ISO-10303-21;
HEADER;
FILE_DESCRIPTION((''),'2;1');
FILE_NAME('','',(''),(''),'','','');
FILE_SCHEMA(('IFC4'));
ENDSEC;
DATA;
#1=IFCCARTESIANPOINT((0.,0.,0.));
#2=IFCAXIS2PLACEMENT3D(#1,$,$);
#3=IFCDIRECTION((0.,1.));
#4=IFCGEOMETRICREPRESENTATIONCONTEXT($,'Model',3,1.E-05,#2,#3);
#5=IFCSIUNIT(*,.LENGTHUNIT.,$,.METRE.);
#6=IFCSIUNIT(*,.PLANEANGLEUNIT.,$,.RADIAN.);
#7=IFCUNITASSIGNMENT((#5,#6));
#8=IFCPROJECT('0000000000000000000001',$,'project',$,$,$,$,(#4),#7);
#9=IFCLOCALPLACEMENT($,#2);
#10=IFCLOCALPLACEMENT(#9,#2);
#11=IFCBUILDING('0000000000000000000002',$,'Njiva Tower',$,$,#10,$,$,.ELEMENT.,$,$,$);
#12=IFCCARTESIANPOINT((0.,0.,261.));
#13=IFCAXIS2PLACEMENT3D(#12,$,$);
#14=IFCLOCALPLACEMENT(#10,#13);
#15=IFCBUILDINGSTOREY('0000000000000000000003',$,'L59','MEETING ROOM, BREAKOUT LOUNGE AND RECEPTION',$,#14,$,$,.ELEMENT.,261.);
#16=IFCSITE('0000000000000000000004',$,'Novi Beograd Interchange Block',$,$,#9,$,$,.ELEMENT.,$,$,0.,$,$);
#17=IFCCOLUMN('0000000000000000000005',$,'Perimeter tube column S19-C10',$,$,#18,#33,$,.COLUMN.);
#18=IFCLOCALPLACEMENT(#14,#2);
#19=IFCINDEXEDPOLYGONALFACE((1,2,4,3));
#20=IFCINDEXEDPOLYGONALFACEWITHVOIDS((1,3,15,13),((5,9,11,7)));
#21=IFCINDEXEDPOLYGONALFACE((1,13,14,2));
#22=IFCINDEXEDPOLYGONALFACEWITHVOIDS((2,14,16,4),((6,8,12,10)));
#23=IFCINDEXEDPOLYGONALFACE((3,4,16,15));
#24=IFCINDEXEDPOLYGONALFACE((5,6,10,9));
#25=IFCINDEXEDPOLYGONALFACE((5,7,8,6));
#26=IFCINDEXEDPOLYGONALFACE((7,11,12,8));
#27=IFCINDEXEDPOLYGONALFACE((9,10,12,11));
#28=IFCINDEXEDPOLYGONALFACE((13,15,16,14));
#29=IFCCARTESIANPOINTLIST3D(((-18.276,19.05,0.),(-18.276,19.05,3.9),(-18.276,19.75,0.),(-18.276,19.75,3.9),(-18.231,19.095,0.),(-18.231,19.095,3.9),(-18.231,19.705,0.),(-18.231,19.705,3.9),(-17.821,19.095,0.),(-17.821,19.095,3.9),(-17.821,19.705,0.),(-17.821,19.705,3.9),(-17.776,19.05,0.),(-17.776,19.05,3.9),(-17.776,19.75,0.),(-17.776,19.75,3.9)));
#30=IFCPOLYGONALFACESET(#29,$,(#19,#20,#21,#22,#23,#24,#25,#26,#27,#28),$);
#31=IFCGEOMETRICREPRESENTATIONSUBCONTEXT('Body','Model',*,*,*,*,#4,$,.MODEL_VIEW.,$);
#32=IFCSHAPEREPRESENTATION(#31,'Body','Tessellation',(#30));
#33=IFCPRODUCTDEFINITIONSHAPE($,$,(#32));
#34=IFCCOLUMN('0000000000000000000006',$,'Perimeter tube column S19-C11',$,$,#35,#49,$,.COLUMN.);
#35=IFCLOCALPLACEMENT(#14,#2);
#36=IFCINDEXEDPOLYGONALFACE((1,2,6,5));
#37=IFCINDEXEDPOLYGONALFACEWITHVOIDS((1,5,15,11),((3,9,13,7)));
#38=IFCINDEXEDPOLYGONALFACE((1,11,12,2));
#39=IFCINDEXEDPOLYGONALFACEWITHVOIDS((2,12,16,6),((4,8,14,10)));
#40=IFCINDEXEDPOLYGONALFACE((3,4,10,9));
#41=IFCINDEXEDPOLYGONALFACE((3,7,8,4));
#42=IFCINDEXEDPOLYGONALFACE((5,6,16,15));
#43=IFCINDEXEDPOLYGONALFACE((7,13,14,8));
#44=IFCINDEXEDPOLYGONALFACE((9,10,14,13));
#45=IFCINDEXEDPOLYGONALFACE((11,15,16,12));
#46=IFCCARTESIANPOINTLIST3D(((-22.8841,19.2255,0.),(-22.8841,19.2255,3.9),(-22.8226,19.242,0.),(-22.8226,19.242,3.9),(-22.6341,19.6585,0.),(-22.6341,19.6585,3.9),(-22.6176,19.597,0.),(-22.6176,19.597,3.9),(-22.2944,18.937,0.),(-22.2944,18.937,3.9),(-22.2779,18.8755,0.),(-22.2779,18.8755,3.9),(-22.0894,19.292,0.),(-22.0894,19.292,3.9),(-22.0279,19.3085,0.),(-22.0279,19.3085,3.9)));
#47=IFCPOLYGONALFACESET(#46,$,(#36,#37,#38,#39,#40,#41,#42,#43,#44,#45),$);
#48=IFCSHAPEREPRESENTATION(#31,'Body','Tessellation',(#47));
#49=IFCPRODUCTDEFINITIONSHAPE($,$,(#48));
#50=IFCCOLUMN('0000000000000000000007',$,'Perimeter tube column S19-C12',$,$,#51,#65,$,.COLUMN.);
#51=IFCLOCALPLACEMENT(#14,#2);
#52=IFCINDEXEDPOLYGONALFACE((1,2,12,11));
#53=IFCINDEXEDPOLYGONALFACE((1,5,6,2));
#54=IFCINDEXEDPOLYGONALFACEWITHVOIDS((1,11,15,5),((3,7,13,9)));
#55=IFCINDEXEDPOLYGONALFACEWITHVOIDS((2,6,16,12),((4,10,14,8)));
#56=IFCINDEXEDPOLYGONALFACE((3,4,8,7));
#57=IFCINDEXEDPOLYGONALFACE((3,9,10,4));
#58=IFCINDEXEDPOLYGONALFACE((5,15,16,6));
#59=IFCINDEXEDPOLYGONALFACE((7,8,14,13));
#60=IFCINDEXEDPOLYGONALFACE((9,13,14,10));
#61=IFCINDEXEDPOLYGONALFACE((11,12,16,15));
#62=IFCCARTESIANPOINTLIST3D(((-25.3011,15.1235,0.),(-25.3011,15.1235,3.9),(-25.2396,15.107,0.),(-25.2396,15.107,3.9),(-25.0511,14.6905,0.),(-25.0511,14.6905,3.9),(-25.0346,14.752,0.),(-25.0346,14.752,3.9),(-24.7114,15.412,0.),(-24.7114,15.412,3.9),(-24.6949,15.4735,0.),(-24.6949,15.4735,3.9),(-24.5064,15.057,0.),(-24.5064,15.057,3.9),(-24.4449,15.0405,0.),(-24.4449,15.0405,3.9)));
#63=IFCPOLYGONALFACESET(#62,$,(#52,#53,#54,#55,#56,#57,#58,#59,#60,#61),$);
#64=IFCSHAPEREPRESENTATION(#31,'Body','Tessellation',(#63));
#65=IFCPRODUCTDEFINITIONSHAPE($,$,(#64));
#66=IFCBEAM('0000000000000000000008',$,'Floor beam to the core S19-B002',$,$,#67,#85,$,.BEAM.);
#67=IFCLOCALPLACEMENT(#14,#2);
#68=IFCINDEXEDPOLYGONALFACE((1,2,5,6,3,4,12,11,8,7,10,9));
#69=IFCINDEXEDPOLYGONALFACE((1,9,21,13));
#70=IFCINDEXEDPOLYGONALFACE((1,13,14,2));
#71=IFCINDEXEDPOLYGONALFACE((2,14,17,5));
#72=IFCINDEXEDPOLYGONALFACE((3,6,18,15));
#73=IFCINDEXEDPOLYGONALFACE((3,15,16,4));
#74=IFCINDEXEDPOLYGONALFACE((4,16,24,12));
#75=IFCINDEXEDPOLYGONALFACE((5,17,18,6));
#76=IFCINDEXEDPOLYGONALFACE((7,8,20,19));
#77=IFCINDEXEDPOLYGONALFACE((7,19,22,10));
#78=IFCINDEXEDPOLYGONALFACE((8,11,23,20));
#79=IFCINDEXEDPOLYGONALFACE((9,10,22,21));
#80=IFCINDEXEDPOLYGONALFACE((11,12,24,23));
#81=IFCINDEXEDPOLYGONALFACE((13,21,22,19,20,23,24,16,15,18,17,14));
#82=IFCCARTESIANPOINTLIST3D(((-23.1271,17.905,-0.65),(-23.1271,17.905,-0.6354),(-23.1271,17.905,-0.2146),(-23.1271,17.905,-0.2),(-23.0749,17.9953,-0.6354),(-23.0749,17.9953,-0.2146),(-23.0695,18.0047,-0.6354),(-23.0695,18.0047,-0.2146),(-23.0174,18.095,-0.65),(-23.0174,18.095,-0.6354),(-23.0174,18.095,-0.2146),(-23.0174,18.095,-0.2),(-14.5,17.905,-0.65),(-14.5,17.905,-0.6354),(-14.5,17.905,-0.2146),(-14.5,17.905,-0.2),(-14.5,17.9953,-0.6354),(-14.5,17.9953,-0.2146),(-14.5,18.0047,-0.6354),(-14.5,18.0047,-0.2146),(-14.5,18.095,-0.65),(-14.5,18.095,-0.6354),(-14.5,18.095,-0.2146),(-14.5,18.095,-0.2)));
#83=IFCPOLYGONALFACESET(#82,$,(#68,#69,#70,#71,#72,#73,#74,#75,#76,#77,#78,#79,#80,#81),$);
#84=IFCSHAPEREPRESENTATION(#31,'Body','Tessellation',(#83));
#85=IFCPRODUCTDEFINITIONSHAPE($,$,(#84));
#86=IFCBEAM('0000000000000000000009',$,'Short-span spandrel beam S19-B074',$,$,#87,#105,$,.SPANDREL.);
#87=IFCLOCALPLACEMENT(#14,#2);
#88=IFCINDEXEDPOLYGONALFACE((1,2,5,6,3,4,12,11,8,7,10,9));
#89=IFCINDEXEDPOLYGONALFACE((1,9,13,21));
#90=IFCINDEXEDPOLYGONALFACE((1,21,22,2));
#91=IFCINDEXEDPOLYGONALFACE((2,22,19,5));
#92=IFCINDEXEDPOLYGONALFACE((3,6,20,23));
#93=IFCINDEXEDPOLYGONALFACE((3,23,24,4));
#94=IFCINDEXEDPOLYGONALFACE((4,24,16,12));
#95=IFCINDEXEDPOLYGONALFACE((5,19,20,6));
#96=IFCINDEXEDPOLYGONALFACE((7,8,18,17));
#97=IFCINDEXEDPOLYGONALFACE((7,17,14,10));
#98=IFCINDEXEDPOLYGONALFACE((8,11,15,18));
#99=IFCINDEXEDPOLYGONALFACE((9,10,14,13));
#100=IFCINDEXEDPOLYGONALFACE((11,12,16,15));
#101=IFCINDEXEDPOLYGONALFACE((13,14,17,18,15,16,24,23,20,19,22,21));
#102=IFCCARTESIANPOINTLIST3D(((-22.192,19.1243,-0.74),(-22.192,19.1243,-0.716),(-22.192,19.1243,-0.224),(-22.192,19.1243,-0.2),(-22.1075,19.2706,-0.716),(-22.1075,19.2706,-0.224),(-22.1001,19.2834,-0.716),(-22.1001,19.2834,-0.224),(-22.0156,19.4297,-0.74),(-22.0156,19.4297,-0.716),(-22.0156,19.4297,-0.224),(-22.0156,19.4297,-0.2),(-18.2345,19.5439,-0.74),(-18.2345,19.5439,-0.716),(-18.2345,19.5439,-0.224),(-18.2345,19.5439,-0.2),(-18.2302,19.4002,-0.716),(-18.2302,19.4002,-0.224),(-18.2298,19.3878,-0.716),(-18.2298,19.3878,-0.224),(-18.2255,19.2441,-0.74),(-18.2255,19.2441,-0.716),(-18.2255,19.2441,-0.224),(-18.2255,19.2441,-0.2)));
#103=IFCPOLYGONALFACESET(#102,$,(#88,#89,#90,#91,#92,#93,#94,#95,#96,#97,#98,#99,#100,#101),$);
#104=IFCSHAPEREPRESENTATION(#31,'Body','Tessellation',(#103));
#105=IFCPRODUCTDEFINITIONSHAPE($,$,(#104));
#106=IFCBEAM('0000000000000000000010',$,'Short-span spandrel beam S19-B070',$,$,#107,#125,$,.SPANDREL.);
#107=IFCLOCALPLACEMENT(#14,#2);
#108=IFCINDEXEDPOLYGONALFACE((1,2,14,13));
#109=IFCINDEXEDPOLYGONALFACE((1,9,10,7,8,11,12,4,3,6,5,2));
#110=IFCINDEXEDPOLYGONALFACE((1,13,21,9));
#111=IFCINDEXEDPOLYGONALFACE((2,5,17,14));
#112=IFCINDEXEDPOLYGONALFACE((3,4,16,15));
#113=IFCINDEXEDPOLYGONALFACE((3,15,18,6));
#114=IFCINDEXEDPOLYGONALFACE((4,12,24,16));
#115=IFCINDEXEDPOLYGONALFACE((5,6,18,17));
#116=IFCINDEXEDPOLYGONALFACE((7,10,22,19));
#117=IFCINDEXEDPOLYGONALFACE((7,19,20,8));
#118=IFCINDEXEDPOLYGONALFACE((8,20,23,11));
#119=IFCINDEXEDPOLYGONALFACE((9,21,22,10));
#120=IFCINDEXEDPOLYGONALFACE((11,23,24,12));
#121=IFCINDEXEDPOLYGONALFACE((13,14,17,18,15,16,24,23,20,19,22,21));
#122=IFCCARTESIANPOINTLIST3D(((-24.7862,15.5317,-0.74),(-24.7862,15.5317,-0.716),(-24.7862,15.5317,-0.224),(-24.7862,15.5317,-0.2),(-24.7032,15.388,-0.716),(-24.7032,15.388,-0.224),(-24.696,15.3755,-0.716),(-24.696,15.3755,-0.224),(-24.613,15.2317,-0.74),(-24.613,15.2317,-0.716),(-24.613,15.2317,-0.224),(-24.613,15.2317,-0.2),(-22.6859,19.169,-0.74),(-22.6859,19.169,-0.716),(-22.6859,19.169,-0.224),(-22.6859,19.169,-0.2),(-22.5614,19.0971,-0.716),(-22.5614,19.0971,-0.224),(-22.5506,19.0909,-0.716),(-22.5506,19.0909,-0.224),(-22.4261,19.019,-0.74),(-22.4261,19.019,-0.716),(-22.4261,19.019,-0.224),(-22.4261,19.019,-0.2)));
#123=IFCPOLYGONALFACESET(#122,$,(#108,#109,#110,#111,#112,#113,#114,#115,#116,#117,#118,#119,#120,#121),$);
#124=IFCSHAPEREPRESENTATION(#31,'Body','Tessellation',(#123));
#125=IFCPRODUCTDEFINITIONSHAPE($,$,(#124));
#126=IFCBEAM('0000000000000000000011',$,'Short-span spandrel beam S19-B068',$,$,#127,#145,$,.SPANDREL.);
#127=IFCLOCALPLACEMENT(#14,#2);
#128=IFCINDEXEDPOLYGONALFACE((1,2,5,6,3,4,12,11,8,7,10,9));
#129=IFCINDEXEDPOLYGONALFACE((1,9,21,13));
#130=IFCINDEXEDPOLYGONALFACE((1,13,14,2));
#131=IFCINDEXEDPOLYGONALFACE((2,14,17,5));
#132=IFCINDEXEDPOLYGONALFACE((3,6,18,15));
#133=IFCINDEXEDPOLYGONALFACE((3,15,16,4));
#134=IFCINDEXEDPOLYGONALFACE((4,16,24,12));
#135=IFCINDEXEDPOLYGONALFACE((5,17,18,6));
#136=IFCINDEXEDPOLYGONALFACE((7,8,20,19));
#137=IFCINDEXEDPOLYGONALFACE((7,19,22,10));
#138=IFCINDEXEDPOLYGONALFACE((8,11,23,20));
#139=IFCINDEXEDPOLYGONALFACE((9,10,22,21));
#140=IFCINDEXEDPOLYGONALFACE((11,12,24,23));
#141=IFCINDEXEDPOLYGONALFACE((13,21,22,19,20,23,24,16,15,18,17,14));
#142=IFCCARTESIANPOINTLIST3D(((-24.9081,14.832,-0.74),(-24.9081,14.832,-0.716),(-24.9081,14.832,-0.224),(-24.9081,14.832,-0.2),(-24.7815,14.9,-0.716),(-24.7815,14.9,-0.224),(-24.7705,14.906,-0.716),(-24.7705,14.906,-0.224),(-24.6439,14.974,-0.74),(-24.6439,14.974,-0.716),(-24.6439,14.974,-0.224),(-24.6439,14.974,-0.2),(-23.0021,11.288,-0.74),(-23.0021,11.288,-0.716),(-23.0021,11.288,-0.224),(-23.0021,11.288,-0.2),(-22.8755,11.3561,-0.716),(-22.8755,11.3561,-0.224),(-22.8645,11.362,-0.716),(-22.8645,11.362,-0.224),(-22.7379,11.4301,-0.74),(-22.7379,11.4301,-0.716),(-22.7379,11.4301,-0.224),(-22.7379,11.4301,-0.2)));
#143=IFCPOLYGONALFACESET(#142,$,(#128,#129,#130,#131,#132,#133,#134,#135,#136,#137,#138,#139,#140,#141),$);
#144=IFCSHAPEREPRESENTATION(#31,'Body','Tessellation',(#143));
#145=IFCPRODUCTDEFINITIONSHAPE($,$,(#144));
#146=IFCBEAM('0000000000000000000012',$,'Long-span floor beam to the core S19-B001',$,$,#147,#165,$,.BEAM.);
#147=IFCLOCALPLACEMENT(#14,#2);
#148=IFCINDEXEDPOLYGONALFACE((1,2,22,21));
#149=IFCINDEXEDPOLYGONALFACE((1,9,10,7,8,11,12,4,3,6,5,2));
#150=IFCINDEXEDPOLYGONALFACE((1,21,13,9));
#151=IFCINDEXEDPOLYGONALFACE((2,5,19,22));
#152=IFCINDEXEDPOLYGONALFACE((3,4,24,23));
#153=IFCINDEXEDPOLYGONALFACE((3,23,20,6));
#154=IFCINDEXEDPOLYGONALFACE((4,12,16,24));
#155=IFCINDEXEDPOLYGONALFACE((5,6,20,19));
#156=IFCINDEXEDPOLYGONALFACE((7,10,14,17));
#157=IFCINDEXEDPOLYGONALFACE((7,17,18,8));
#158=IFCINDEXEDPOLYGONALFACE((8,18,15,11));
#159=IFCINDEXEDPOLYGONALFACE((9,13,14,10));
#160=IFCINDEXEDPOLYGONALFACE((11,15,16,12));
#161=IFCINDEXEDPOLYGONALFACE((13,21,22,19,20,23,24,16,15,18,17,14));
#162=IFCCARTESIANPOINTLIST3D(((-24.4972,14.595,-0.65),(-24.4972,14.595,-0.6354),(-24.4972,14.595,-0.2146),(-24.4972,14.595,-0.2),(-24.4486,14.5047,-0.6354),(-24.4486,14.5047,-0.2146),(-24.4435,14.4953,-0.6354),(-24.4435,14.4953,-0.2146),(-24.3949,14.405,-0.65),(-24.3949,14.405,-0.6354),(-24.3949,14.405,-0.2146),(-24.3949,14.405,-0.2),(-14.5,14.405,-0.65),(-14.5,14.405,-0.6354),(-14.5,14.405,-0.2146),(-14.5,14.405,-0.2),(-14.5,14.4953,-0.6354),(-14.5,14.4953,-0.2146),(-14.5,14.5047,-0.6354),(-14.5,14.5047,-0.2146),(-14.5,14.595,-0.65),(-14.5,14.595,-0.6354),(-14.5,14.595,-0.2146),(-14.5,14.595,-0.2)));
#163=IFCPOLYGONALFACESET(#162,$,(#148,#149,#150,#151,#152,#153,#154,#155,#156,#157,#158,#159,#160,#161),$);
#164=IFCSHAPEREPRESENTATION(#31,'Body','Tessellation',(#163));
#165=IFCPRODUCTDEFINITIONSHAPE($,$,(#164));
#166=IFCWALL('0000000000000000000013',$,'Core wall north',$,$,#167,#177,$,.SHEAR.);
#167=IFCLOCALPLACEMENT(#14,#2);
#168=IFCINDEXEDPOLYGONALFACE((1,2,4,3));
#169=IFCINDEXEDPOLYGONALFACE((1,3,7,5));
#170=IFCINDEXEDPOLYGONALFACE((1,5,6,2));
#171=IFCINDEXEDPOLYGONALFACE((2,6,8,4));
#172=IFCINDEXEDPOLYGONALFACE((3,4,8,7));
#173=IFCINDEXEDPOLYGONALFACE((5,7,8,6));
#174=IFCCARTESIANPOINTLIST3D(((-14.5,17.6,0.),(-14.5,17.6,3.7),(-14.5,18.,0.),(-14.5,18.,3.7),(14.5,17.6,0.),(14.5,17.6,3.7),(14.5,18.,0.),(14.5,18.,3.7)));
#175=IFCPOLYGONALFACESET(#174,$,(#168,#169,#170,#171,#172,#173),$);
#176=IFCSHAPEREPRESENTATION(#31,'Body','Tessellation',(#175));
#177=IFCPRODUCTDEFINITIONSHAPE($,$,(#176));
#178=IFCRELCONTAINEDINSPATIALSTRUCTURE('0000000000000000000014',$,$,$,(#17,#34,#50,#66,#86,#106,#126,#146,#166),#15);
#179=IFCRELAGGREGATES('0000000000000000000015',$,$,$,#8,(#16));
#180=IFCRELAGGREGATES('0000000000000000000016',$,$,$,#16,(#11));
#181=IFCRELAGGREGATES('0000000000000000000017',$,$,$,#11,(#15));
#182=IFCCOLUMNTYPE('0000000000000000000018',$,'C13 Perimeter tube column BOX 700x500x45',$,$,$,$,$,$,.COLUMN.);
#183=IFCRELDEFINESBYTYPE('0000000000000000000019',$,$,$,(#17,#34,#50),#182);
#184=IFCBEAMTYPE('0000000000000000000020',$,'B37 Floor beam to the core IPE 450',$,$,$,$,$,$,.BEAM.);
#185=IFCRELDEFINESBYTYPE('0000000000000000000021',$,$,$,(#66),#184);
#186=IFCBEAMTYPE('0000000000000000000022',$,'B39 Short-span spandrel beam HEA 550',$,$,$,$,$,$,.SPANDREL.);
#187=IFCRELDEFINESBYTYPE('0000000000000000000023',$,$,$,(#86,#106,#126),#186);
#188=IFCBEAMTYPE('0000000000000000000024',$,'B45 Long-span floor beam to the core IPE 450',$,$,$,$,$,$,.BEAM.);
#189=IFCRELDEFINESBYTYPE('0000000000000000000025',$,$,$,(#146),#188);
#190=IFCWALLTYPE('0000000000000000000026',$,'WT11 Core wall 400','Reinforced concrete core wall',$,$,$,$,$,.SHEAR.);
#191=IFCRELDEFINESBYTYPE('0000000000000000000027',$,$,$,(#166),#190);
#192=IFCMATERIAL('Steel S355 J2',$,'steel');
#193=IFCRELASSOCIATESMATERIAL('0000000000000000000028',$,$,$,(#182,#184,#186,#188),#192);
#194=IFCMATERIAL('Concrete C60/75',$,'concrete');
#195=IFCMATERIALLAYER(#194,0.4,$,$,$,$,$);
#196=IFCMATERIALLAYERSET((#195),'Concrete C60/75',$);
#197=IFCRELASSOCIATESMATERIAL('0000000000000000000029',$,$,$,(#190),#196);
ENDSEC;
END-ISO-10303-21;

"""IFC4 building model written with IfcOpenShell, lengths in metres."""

from ifc_helpers import new_model, si_unit, direction, frame, frame_2d, origin, origin_2d, place, context, subcontext, project, spatial, rectangle, hollow_rectangle, i_section, extrude, clip, halfspace, material, layer, layer_set, material_profile, profile_set, type_object, element, save


model = new_model("IFC4")

# Units and contexts
model_context = context("Model", 3, precision=1e-05, world=origin(), true_north=direction((0.0, 1.0)))
body_context = subcontext(model_context, "Body", "Model", "MODEL_VIEW")
ifc_project = project(units=[si_unit("LENGTHUNIT", "METRE"), si_unit("PLANEANGLEUNIT", "RADIAN")], contexts=[model_context])

# Site, building, storey
site_placement = place(None, origin())
site = spatial("IfcSite", under=ifc_project, at=site_placement, Name="Novi Beograd Interchange Block", CompositionType="ELEMENT", RefElevation=0.0)
building_placement = place(site_placement, origin())
building = spatial("IfcBuilding", under=site, at=building_placement, Name="Njiva Tower", CompositionType="ELEMENT")
storey_placement = place(building_placement, frame((0.0, 0.0, 261.0)))
storey = spatial("IfcBuildingStorey", under=building, at=storey_placement, Name="L59", Description="MEETING ROOM, BREAKOUT LOUNGE AND RECEPTION", CompositionType="ELEMENT", Elevation=261.0)

# Columns
ifc_material_1 = material(Name="Steel S355 J2", Category="steel")
ifc_material_profile_1 = material_profile(ifc_material_1, hollow_rectangle(XDim=0.5, YDim=0.7, WallThickness=0.045, at=origin_2d()), Name="BOX 700x500x45")
ifc_profile_set_1 = profile_set([ifc_material_profile_1], Name="Steel S355 J2")
column_type = type_object("IfcColumnType", Name="C13 Perimeter tube column BOX 700x500x45", PredefinedType="COLUMN", material=ifc_profile_set_1)
for number, where, z_axis, x_axis, name in (
    (1, (-18.026, 19.4, 0.0), (0.0, 0.0, 1.0), (-1.0, 0.0, 0.0), "Perimeter tube column S19-C10"),
    (2, (-22.456, 19.267, 0.0), (0.0, 0.0, 1.0), (-0.5, -0.866025, 0.0), "Perimeter tube column S19-C11"),
    (3, (-24.873, 15.082, 0.0), (0.0, 0.0, 1.0), (0.5, -0.866025, 0.0), "Perimeter tube column S19-C12"),
):
    element("IfcColumn", number, at=place(storey_placement, frame(where, z_axis=z_axis, x_axis=x_axis)), inside=storey, type_object=column_type, Name=name, PredefinedType="COLUMN", context=body_context, shape_type="SweptSolid", body=[
        extrude(hollow_rectangle(XDim=0.5, YDim=0.7, WallThickness=0.045, at=origin_2d()), origin(), (0.0, 0.0, 1.0), 3.9),
    ])

# Beams
ifc_material_profile_2 = material_profile(ifc_material_1, i_section(OverallWidth=0.19, OverallDepth=0.45, WebThickness=0.0094, FlangeThickness=0.0146, at=origin_2d()), Name="IPE 450")
ifc_profile_set_2 = profile_set([ifc_material_profile_2], Name="Steel S355 J2")
beam_type_1 = type_object("IfcBeamType", Name="B37 Floor beam to the core IPE 450", PredefinedType="BEAM", material=ifc_profile_set_2)
beam_1_placement = place(storey_placement, frame((-23.147, 18.0, -0.425), z_axis=(1.0, 0.0, 0.0), x_axis=(0.0, 1.0, 0.0)))
element("IfcBeam", 4, at=beam_1_placement, inside=storey, type_object=beam_type_1, Name="Floor beam to the core S19-B002", PredefinedType="BEAM", context=body_context, shape_type="Clipping", body=[
    clip(extrude(i_section(OverallWidth=0.19, OverallDepth=0.45, WebThickness=0.0094, FlangeThickness=0.0146, at=origin_2d()), origin(), (0.0, 0.0, 1.0), 8.647), halfspace(frame((0.025, 0.0, 0.0892), z_axis=(0.499998, 0.0, -0.866027), x_axis=(0.0, -1.0, 0.0)), False)),
])
ifc_material_profile_3 = material_profile(ifc_material_1, i_section(OverallWidth=0.3, OverallDepth=0.54, WebThickness=0.0125, FlangeThickness=0.024, at=origin_2d()), Name="HEA 550")
ifc_profile_set_3 = profile_set([ifc_material_profile_3], Name="Steel S355 J2")
beam_type_2 = type_object("IfcBeamType", Name="B39 Short-span spandrel beam HEA 550", PredefinedType="SPANDREL", material=ifc_profile_set_3)
beam_2_placement = place(storey_placement, frame((-18.23, 19.394, -0.47), z_axis=(-0.999544, -0.030188, 0.0), x_axis=(0.030188, -0.999544, 0.0)))
element("IfcBeam", 5, at=beam_2_placement, inside=storey, type_object=beam_type_2, Name="Short-span spandrel beam S19-B074", PredefinedType="SPANDREL", context=body_context, shape_type="Clipping", body=[
    clip(extrude(i_section(OverallWidth=0.3, OverallDepth=0.54, WebThickness=0.0125, FlangeThickness=0.024, at=origin_2d()), origin(), (0.0, 0.0, 1.0), 3.9888), halfspace(frame((-0.0268, 0.0, 3.859), z_axis=(-0.525913, 0.0, 0.850538), x_axis=(0.0, 1.0, 0.0)), False)),
])
beam_3_placement = place(storey_placement, frame((-22.556, 19.094, -0.47), z_axis=(-0.500052, -0.865995, 0.0), x_axis=(0.865995, -0.500052, 0.0)))
element("IfcBeam", 6, at=beam_3_placement, inside=storey, type_object=beam_type_2, Name="Short-span spandrel beam S19-B070", PredefinedType="SPANDREL", context=body_context, shape_type="Clipping", body=[
    clip(extrude(i_section(OverallWidth=0.3, OverallDepth=0.54, WebThickness=0.0125, FlangeThickness=0.024, at=origin_2d()), origin(), (0.0, 0.0, 1.0), 4.3946), halfspace(frame((-0.0248, 0.0, 4.2724), z_axis=(-0.49995, 0.0, 0.866054), x_axis=(0.0, 1.0, 0.0)), False)),
])
beam_4_placement = place(storey_placement, frame((-24.776, 14.903, -0.47), z_axis=(0.473655, -0.88071, 0.0), x_axis=(0.88071, 0.473655, 0.0)))
element("IfcBeam", 7, at=beam_4_placement, inside=storey, type_object=beam_type_2, Name="Short-span spandrel beam S19-B068", PredefinedType="SPANDREL", context=body_context, shape_type="SweptSolid", body=[
    extrude(i_section(OverallWidth=0.3, OverallDepth=0.54, WebThickness=0.0125, FlangeThickness=0.024, at=origin_2d()), origin(), (0.0, 0.0, 1.0), 4.024),
])
ifc_material_profile_4 = material_profile(ifc_material_1, i_section(OverallWidth=0.19, OverallDepth=0.45, WebThickness=0.0094, FlangeThickness=0.0146, at=origin_2d()), Name="IPE 450")
ifc_profile_set_4 = profile_set([ifc_material_profile_4], Name="Steel S355 J2")
beam_type_3 = type_object("IfcBeamType", Name="B45 Long-span floor beam to the core IPE 450", PredefinedType="BEAM", material=ifc_profile_set_4)
beam_5_placement = place(storey_placement, frame((-24.517, 14.5, -0.425), z_axis=(1.0, 0.0, 0.0), x_axis=(0.0, 1.0, 0.0)))
element("IfcBeam", 8, at=beam_5_placement, inside=storey, type_object=beam_type_3, Name="Long-span floor beam to the core S19-B001", PredefinedType="BEAM", context=body_context, shape_type="Clipping", body=[
    clip(extrude(i_section(OverallWidth=0.19, OverallDepth=0.45, WebThickness=0.0094, FlangeThickness=0.0146, at=origin_2d()), origin(), (0.0, 0.0, 1.0), 10.017), halfspace(frame((-0.0237, 0.0, 0.0837), z_axis=(-0.473762, 0.0, -0.880653), x_axis=(0.0, -1.0, 0.0)), False)),
])

# Wall
ifc_material_2 = material(Name="Concrete C60/75", Category="concrete")
ifc_layer_1 = layer(ifc_material_2, 0.4)
ifc_layer_set_1 = layer_set([ifc_layer_1], Name="Concrete C60/75")
wall_type_1 = type_object("IfcWallType", Name="WT11 Core wall 400", Description="Reinforced concrete core wall", PredefinedType="SHEAR", material=ifc_layer_set_1)
wall_1_placement = place(storey_placement, frame((-14.5, 17.8, 0.0), z_axis=(0.0, 0.0, 1.0), x_axis=(1.0, 0.0, 0.0)))
element("IfcWall", 9, at=wall_1_placement, inside=storey, type_object=wall_type_1, Name="Core wall north", PredefinedType="SHEAR", context=body_context, shape_type="SweptSolid", body=[
    extrude(rectangle(XDim=29.0, YDim=0.4, at=frame_2d((14.5, 0.0))), origin(), (0.0, 0.0, 1.0), 3.7),
])

save(model, "model.ifc")
